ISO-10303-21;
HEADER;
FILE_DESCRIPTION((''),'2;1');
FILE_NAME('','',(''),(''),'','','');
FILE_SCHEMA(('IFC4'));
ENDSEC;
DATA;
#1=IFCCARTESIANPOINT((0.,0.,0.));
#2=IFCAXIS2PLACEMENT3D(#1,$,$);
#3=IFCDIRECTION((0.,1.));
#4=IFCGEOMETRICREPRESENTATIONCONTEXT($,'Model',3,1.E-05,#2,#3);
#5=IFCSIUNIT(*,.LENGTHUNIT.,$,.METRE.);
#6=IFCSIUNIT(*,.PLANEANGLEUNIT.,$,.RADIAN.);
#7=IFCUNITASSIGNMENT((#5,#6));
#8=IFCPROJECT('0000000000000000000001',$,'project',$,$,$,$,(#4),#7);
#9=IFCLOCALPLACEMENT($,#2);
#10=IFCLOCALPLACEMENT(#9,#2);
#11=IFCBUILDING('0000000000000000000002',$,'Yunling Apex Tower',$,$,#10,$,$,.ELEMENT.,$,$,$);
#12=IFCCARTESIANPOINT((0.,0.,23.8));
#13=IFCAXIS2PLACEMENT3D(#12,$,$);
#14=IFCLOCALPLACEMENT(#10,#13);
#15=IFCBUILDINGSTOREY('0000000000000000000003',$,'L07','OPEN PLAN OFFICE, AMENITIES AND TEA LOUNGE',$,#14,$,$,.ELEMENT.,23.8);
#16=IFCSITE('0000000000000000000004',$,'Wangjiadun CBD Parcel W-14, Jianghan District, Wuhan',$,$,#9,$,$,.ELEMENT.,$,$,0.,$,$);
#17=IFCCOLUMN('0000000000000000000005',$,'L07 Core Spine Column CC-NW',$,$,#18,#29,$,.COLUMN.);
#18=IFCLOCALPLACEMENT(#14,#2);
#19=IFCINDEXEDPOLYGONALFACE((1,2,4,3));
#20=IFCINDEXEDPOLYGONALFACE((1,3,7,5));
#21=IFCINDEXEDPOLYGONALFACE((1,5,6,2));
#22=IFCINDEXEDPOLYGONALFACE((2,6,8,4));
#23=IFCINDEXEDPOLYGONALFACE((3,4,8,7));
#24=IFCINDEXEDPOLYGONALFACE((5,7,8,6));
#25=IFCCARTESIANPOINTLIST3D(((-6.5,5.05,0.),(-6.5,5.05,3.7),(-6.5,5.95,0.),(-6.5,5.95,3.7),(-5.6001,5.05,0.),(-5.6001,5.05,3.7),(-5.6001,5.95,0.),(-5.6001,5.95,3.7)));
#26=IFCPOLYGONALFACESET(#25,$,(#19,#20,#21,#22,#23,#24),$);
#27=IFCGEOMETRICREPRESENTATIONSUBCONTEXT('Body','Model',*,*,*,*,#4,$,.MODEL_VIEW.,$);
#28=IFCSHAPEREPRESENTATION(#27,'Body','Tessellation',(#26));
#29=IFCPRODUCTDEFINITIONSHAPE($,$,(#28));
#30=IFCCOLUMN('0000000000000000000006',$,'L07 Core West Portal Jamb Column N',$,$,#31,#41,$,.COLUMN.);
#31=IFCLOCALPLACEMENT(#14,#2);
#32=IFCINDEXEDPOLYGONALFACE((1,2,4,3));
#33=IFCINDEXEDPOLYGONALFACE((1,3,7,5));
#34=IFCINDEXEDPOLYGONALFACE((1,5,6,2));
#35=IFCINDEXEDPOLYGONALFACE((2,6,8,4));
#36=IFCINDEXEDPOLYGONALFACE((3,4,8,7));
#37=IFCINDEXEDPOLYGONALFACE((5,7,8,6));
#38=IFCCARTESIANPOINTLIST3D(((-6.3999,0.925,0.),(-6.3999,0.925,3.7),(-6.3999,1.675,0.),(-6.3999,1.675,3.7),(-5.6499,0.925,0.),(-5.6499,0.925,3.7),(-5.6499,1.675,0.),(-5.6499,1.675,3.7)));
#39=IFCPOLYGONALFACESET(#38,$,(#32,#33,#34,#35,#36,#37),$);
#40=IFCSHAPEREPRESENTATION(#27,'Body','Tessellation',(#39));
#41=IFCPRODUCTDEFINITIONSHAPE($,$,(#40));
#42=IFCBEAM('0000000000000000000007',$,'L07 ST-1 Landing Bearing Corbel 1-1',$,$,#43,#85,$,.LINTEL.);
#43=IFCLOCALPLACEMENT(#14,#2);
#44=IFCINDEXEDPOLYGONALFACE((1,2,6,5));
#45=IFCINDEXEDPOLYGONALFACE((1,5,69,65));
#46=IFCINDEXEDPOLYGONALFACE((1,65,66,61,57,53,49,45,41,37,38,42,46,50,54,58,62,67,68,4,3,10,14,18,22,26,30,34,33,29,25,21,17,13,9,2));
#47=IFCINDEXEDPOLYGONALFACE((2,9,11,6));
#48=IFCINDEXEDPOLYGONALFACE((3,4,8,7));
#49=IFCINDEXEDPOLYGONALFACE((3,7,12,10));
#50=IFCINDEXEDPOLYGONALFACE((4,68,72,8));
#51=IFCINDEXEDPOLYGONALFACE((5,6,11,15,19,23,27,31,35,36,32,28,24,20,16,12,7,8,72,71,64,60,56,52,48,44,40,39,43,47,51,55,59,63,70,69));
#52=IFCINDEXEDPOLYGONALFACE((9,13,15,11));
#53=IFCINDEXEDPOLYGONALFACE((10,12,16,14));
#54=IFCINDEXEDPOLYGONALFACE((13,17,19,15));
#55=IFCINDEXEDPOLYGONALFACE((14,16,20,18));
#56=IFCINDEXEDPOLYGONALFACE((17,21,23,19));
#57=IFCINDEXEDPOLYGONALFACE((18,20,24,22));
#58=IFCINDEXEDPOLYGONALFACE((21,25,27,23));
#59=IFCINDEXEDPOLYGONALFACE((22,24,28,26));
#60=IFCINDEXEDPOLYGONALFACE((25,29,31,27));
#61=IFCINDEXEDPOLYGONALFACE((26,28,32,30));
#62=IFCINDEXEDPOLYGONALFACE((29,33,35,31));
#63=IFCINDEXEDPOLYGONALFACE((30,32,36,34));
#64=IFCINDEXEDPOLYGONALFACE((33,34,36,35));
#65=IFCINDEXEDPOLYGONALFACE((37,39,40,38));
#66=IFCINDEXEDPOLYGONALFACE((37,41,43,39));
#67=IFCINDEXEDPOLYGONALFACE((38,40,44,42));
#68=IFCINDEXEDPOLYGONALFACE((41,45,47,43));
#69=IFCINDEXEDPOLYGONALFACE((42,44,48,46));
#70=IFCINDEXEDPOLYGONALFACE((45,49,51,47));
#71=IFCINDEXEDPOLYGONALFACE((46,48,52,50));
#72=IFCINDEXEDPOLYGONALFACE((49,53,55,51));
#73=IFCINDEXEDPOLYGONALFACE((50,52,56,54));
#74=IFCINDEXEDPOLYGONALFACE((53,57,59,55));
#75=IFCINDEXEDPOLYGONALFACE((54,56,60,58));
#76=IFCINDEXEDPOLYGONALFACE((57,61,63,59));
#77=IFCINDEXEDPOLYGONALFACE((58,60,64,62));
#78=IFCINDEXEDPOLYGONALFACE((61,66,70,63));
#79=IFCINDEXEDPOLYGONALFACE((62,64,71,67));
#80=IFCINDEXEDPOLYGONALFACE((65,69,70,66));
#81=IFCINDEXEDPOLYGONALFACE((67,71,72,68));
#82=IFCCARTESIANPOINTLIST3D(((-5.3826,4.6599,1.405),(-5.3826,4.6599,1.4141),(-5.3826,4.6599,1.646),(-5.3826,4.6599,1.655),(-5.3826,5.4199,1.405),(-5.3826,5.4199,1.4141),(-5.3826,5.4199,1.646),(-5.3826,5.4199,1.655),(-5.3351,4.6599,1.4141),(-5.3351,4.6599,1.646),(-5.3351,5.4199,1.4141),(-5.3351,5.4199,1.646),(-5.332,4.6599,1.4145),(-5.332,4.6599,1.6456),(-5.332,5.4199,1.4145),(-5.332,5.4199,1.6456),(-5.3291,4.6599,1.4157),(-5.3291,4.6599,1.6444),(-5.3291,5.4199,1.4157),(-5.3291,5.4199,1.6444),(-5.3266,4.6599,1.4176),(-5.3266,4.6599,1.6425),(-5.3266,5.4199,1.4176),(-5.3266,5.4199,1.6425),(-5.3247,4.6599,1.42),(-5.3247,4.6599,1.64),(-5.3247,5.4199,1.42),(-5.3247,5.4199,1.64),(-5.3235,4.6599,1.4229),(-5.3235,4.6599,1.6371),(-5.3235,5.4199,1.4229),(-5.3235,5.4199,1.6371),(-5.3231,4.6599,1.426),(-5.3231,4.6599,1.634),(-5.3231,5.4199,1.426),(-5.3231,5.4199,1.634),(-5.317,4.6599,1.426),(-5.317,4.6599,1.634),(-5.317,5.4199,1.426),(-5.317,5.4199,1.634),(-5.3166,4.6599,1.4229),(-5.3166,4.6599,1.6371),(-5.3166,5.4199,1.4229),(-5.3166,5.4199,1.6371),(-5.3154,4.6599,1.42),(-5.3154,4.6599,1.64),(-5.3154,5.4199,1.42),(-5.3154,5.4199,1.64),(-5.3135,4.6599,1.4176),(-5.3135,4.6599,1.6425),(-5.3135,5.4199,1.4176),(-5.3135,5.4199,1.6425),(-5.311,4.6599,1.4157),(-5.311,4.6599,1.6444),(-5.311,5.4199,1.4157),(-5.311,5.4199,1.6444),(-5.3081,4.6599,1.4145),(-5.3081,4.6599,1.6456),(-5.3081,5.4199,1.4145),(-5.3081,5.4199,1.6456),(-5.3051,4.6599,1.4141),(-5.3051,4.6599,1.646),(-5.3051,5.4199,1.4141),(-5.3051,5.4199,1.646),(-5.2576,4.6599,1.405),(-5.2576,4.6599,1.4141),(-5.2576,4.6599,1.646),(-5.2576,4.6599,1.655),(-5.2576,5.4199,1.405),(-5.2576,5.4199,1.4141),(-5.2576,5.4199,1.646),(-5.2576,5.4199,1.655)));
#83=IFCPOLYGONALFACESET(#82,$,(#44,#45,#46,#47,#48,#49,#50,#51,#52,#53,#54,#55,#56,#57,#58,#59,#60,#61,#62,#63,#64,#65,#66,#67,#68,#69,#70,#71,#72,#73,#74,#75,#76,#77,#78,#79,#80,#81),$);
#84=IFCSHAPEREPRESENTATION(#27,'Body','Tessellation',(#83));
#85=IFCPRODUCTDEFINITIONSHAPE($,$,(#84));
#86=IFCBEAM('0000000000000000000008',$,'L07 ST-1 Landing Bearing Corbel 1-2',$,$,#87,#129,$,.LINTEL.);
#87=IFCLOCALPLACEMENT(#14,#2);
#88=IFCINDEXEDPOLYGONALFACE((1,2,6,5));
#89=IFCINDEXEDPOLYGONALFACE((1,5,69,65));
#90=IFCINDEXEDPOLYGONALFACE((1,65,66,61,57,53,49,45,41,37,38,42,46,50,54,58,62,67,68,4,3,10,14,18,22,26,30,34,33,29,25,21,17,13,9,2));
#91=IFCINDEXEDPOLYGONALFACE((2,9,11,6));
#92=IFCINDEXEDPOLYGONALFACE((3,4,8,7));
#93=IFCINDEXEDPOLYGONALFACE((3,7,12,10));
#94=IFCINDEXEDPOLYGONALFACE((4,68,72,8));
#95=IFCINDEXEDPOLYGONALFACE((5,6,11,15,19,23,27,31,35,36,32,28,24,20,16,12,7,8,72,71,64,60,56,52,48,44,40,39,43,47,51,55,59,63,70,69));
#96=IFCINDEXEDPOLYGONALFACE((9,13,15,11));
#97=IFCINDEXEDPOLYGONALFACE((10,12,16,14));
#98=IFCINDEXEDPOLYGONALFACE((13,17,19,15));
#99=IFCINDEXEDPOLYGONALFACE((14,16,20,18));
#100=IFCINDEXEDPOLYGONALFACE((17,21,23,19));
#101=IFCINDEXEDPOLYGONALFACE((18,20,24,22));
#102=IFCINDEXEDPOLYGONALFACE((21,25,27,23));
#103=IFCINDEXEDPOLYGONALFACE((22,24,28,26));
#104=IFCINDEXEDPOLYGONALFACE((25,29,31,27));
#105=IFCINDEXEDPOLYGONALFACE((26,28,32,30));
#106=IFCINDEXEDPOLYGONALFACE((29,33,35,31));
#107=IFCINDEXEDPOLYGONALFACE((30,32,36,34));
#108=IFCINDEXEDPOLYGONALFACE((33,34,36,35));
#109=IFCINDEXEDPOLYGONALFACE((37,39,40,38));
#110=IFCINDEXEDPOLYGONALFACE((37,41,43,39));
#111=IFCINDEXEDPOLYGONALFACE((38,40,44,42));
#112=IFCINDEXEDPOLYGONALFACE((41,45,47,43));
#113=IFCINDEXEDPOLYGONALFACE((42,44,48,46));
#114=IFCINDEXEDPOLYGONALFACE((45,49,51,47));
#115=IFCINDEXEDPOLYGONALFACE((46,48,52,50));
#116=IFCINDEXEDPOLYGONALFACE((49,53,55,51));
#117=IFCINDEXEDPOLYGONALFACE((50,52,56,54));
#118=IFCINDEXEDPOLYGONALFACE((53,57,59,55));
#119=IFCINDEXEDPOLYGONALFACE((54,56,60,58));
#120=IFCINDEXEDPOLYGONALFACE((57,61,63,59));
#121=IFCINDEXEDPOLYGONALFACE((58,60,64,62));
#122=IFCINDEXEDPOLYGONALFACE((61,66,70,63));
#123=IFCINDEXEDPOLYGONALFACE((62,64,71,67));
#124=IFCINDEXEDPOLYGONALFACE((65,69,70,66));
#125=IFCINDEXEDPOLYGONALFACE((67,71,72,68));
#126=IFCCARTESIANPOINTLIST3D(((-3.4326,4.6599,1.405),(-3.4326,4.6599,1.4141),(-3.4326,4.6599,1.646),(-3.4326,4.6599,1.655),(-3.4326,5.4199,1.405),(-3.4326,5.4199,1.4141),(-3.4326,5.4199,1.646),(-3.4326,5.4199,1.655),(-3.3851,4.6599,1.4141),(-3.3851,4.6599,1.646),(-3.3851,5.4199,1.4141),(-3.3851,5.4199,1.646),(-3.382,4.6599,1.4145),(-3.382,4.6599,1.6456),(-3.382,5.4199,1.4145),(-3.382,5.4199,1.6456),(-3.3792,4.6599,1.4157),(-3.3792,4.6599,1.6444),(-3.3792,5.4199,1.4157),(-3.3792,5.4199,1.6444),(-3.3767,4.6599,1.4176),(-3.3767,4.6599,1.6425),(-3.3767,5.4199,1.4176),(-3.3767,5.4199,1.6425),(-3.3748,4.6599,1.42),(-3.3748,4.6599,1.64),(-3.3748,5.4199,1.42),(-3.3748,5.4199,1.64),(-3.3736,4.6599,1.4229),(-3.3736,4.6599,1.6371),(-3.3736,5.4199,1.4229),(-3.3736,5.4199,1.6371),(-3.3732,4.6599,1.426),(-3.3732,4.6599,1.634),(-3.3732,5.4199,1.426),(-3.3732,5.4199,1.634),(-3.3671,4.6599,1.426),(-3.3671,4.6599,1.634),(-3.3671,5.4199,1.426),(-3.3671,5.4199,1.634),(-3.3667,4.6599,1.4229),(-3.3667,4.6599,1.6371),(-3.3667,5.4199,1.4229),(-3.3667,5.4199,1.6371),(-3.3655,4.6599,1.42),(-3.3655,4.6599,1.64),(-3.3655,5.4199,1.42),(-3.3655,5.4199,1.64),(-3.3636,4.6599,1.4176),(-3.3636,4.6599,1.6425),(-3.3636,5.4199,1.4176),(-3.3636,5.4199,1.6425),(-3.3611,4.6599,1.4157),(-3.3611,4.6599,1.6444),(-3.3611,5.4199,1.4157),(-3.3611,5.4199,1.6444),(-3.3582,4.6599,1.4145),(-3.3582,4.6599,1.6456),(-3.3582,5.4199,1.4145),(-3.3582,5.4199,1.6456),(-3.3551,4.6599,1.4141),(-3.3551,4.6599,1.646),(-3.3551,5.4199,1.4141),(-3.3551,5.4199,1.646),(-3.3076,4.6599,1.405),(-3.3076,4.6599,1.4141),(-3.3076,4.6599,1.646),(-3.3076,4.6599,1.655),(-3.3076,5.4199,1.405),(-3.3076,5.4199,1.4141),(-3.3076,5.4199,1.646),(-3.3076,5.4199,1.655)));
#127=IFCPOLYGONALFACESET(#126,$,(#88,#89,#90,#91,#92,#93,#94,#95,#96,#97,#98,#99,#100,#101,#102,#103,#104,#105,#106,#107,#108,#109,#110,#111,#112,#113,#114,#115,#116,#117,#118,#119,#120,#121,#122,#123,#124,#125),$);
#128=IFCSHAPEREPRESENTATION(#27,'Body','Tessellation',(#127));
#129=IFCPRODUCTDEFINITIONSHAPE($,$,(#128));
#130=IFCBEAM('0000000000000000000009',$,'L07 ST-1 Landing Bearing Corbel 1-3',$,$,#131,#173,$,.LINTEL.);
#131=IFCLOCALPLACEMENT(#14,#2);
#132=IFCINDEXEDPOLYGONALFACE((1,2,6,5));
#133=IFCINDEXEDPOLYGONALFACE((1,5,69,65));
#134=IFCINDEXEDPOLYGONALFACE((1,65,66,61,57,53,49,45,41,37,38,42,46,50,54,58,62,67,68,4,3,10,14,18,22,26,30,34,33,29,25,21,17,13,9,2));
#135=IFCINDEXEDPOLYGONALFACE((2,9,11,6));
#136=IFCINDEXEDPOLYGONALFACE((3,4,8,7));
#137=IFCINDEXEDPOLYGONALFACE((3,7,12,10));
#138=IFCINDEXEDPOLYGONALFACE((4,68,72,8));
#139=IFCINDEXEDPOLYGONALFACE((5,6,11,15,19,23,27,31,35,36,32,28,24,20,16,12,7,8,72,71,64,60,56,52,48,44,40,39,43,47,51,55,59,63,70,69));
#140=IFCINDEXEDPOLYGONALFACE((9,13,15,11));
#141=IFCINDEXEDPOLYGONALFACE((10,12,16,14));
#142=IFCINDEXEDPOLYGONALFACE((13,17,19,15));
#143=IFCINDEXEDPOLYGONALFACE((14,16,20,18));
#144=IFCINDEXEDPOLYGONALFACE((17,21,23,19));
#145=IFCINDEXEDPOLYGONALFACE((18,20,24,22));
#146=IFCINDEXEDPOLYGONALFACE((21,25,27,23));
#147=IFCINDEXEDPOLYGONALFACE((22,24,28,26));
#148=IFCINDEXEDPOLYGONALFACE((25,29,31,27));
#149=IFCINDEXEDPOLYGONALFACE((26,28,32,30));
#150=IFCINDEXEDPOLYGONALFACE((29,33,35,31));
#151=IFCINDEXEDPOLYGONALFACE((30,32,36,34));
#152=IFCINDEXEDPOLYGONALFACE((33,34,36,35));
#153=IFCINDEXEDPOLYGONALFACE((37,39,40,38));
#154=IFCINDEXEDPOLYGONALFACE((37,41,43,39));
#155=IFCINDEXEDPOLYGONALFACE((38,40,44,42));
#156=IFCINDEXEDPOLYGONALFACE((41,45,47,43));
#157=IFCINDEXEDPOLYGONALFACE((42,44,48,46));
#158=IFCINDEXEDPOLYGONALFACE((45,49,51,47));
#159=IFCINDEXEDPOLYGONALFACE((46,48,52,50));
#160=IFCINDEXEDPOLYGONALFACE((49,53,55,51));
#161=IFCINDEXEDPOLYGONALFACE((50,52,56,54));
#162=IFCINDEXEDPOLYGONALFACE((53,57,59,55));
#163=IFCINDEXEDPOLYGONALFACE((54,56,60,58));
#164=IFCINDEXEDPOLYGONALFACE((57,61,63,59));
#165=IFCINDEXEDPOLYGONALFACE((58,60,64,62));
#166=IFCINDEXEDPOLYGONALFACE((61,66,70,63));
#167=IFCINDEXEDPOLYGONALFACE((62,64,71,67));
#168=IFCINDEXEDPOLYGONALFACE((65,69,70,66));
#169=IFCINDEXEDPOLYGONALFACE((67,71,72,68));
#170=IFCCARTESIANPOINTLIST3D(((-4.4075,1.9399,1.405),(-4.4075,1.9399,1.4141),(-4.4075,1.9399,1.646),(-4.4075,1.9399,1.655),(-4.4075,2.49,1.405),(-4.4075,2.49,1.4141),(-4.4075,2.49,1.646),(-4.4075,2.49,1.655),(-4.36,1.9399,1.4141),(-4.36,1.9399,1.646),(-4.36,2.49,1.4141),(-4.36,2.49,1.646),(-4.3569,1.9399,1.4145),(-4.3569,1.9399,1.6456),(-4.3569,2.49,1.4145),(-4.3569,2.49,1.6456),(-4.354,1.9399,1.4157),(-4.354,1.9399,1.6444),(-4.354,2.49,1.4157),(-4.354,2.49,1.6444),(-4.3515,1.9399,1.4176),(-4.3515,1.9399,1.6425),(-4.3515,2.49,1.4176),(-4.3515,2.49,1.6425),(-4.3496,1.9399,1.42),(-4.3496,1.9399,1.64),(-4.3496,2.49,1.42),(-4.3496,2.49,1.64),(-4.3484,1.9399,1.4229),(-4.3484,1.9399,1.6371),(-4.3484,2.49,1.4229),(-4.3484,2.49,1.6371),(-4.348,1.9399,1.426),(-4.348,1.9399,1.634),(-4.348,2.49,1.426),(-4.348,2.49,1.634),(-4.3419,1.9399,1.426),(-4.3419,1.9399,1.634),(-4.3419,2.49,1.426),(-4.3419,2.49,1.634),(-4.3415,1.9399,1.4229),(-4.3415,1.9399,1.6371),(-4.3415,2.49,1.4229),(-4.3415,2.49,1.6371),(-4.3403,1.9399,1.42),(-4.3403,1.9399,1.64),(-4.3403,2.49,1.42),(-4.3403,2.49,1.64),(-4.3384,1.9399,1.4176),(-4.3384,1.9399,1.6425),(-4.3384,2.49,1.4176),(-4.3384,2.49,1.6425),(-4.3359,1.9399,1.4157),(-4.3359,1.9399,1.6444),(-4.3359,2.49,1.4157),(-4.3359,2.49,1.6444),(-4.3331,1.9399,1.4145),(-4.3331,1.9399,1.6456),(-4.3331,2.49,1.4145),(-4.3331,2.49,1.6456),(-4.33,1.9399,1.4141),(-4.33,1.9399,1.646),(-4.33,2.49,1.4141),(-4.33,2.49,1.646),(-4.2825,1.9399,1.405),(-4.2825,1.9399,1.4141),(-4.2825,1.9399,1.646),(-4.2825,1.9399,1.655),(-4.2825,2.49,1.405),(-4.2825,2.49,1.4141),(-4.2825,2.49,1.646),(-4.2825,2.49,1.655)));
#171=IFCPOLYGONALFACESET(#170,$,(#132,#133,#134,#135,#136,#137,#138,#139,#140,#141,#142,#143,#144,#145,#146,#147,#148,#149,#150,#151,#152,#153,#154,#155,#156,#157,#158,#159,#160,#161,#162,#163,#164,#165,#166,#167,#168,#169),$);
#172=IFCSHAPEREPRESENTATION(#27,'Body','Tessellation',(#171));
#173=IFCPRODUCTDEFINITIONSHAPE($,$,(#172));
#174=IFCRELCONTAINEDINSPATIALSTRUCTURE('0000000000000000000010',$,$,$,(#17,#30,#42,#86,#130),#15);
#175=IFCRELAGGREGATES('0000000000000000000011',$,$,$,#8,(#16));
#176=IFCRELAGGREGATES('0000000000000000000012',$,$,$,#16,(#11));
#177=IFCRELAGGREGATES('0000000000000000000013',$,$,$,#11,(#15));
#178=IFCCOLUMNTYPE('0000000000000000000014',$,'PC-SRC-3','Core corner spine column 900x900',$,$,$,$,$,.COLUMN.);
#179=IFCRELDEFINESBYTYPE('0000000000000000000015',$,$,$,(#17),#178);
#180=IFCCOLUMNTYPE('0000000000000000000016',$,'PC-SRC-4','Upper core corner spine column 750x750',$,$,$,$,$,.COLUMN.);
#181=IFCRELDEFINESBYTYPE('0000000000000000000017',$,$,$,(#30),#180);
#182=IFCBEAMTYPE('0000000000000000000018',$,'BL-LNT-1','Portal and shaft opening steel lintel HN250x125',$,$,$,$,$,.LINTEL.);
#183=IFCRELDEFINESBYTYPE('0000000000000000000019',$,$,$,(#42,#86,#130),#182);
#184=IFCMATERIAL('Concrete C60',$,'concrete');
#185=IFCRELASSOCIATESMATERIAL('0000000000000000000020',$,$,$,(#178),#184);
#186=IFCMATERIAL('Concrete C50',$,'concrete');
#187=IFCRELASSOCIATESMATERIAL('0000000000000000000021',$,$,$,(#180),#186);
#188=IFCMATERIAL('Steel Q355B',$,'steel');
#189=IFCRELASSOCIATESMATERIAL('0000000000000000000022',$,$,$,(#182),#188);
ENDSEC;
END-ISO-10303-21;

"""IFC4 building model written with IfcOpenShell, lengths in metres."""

from ifc_helpers import new_model, si_unit, direction, frame, origin, origin_2d, place, context, subcontext, project, spatial, rectangle, i_section, extrude, source, transform, mapped, material, material_profile, profile_set, type_object, element, save


model = new_model("IFC4")

# Units and contexts
model_context = context("Model", 3, precision=1e-05, world=origin(), true_north=direction((0.0, 1.0)))
body_context = subcontext(model_context, "Body", "Model", "MODEL_VIEW")
ifc_project = project(units=[si_unit("LENGTHUNIT", "METRE"), si_unit("PLANEANGLEUNIT", "RADIAN")], contexts=[model_context])

# Site, building, storey
site_placement = place(None, origin())
site = spatial("IfcSite", under=ifc_project, at=site_placement, Name="Wangjiadun CBD Parcel W-14, Jianghan District, Wuhan", CompositionType="ELEMENT", RefElevation=0.0)
building_placement = place(site_placement, origin())
building = spatial("IfcBuilding", under=site, at=building_placement, Name="Yunling Apex Tower", CompositionType="ELEMENT")
storey_placement = place(building_placement, frame((0.0, 0.0, 23.8)))
storey = spatial("IfcBuildingStorey", under=building, at=storey_placement, Name="L07", Description="OPEN PLAN OFFICE, AMENITIES AND TEA LOUNGE", CompositionType="ELEMENT", Elevation=23.8)

# Columns
ifc_material_1 = material(Name="Concrete C60", Category="concrete")
ifc_material_profile_1 = material_profile(ifc_material_1, rectangle(XDim=0.8999, YDim=0.8999, at=origin_2d()))
ifc_profile_set_1 = profile_set([ifc_material_profile_1], Name="Concrete C60")
column_type_1 = type_object("IfcColumnType", Name="PC-SRC-3", Description="Core corner spine column 900x900", PredefinedType="COLUMN", material=ifc_profile_set_1)
shared_shape_1 = source(origin(), body_context, "Body", "SweptSolid", [
    extrude(rectangle(XDim=0.8999, YDim=0.8999, at=origin_2d()), origin(), (0.0, 0.0, 1.0), 3.7),
])
column_1_placement = place(storey_placement, frame((-6.05, 5.5, 0.0), z_axis=(0.0, 0.0, 1.0), x_axis=(1.0, 0.0, 0.0)))
element("IfcColumn", 1, at=column_1_placement, inside=storey, type_object=column_type_1, Name="L07 Core Spine Column CC-NW", PredefinedType="COLUMN", context=body_context, shape_type="MappedRepresentation", body=[
    mapped(shared_shape_1, transform((0.0, 0.0, 0.0), scale=1.0)),
])
ifc_material_2 = material(Name="Concrete C50", Category="concrete")
ifc_material_profile_2 = material_profile(ifc_material_2, rectangle(XDim=0.75, YDim=0.75, at=origin_2d()))
ifc_profile_set_2 = profile_set([ifc_material_profile_2], Name="Concrete C50")
column_type_2 = type_object("IfcColumnType", Name="PC-SRC-4", Description="Upper core corner spine column 750x750", PredefinedType="COLUMN", material=ifc_profile_set_2)
shared_shape_2 = source(origin(), body_context, "Body", "SweptSolid", [
    extrude(rectangle(XDim=0.75, YDim=0.75, at=origin_2d()), origin(), (0.0, 0.0, 1.0), 3.7),
])
column_2_placement = place(storey_placement, frame((-6.0249, 1.3, 0.0), z_axis=(0.0, 0.0, 1.0), x_axis=(1.0, 0.0, 0.0)))
element("IfcColumn", 2, at=column_2_placement, inside=storey, type_object=column_type_2, Name="L07 Core West Portal Jamb Column N", PredefinedType="COLUMN", context=body_context, shape_type="MappedRepresentation", body=[
    mapped(shared_shape_2, transform((0.0, 0.0, 0.0), scale=1.0)),
])

# Beams
ifc_material_3 = material(Name="Steel Q355B", Category="steel")
ifc_material_profile_3 = material_profile(ifc_material_3, i_section(OverallWidth=0.125, OverallDepth=0.25, WebThickness=0.0061, FlangeThickness=0.009, FilletRadius=0.012, at=origin_2d()))
ifc_profile_set_3 = profile_set([ifc_material_profile_3], Name="Steel Q355B")
beam_type_1 = type_object("IfcBeamType", Name="BL-LNT-1", Description="Portal and shaft opening steel lintel HN250x125", PredefinedType="LINTEL", material=ifc_profile_set_3)
shared_shape_3 = source(origin(), body_context, "Body", "SweptSolid", [
    extrude(i_section(OverallWidth=0.125, OverallDepth=0.25, WebThickness=0.0061, FlangeThickness=0.009, FilletRadius=0.012, at=origin_2d()), origin(), (0.0, 0.0, 1.0), 0.76),
])
for number, where, z_axis, x_axis, name in (
    (3, (-5.3201, 5.4199, 1.53), (0.0, -1.0, 0.0), (1.0, 0.0, 0.0), "L07 ST-1 Landing Bearing Corbel 1-1"),
    (4, (-3.3701, 5.4199, 1.53), (0.0, -1.0, 0.0), (1.0, 0.0, 0.0), "L07 ST-1 Landing Bearing Corbel 1-2"),
):
    element("IfcBeam", number, at=place(storey_placement, frame(where, z_axis=z_axis, x_axis=x_axis)), inside=storey, type_object=beam_type_1, Name=name, PredefinedType="LINTEL", context=body_context, shape_type="MappedRepresentation", body=[
        mapped(shared_shape_3, transform((0.0, 0.0, 0.0), scale=1.0)),
    ])
shared_shape_4 = source(origin(), body_context, "Body", "SweptSolid", [
    extrude(i_section(OverallWidth=0.125, OverallDepth=0.25, WebThickness=0.0061, FlangeThickness=0.009, FilletRadius=0.012, at=origin_2d()), origin(), (0.0, 0.0, 1.0), 0.55),
])
beam_1_placement = place(storey_placement, frame((-4.345, 1.9399, 1.53), z_axis=(0.0, 1.0, 0.0), x_axis=(-1.0, 0.0, 0.0)))
element("IfcBeam", 5, at=beam_1_placement, inside=storey, type_object=beam_type_1, Name="L07 ST-1 Landing Bearing Corbel 1-3", PredefinedType="LINTEL", context=body_context, shape_type="MappedRepresentation", body=[
    mapped(shared_shape_4, transform((0.0, 0.0, 0.0), scale=1.0)),
])

save(model, "model.ifc")
